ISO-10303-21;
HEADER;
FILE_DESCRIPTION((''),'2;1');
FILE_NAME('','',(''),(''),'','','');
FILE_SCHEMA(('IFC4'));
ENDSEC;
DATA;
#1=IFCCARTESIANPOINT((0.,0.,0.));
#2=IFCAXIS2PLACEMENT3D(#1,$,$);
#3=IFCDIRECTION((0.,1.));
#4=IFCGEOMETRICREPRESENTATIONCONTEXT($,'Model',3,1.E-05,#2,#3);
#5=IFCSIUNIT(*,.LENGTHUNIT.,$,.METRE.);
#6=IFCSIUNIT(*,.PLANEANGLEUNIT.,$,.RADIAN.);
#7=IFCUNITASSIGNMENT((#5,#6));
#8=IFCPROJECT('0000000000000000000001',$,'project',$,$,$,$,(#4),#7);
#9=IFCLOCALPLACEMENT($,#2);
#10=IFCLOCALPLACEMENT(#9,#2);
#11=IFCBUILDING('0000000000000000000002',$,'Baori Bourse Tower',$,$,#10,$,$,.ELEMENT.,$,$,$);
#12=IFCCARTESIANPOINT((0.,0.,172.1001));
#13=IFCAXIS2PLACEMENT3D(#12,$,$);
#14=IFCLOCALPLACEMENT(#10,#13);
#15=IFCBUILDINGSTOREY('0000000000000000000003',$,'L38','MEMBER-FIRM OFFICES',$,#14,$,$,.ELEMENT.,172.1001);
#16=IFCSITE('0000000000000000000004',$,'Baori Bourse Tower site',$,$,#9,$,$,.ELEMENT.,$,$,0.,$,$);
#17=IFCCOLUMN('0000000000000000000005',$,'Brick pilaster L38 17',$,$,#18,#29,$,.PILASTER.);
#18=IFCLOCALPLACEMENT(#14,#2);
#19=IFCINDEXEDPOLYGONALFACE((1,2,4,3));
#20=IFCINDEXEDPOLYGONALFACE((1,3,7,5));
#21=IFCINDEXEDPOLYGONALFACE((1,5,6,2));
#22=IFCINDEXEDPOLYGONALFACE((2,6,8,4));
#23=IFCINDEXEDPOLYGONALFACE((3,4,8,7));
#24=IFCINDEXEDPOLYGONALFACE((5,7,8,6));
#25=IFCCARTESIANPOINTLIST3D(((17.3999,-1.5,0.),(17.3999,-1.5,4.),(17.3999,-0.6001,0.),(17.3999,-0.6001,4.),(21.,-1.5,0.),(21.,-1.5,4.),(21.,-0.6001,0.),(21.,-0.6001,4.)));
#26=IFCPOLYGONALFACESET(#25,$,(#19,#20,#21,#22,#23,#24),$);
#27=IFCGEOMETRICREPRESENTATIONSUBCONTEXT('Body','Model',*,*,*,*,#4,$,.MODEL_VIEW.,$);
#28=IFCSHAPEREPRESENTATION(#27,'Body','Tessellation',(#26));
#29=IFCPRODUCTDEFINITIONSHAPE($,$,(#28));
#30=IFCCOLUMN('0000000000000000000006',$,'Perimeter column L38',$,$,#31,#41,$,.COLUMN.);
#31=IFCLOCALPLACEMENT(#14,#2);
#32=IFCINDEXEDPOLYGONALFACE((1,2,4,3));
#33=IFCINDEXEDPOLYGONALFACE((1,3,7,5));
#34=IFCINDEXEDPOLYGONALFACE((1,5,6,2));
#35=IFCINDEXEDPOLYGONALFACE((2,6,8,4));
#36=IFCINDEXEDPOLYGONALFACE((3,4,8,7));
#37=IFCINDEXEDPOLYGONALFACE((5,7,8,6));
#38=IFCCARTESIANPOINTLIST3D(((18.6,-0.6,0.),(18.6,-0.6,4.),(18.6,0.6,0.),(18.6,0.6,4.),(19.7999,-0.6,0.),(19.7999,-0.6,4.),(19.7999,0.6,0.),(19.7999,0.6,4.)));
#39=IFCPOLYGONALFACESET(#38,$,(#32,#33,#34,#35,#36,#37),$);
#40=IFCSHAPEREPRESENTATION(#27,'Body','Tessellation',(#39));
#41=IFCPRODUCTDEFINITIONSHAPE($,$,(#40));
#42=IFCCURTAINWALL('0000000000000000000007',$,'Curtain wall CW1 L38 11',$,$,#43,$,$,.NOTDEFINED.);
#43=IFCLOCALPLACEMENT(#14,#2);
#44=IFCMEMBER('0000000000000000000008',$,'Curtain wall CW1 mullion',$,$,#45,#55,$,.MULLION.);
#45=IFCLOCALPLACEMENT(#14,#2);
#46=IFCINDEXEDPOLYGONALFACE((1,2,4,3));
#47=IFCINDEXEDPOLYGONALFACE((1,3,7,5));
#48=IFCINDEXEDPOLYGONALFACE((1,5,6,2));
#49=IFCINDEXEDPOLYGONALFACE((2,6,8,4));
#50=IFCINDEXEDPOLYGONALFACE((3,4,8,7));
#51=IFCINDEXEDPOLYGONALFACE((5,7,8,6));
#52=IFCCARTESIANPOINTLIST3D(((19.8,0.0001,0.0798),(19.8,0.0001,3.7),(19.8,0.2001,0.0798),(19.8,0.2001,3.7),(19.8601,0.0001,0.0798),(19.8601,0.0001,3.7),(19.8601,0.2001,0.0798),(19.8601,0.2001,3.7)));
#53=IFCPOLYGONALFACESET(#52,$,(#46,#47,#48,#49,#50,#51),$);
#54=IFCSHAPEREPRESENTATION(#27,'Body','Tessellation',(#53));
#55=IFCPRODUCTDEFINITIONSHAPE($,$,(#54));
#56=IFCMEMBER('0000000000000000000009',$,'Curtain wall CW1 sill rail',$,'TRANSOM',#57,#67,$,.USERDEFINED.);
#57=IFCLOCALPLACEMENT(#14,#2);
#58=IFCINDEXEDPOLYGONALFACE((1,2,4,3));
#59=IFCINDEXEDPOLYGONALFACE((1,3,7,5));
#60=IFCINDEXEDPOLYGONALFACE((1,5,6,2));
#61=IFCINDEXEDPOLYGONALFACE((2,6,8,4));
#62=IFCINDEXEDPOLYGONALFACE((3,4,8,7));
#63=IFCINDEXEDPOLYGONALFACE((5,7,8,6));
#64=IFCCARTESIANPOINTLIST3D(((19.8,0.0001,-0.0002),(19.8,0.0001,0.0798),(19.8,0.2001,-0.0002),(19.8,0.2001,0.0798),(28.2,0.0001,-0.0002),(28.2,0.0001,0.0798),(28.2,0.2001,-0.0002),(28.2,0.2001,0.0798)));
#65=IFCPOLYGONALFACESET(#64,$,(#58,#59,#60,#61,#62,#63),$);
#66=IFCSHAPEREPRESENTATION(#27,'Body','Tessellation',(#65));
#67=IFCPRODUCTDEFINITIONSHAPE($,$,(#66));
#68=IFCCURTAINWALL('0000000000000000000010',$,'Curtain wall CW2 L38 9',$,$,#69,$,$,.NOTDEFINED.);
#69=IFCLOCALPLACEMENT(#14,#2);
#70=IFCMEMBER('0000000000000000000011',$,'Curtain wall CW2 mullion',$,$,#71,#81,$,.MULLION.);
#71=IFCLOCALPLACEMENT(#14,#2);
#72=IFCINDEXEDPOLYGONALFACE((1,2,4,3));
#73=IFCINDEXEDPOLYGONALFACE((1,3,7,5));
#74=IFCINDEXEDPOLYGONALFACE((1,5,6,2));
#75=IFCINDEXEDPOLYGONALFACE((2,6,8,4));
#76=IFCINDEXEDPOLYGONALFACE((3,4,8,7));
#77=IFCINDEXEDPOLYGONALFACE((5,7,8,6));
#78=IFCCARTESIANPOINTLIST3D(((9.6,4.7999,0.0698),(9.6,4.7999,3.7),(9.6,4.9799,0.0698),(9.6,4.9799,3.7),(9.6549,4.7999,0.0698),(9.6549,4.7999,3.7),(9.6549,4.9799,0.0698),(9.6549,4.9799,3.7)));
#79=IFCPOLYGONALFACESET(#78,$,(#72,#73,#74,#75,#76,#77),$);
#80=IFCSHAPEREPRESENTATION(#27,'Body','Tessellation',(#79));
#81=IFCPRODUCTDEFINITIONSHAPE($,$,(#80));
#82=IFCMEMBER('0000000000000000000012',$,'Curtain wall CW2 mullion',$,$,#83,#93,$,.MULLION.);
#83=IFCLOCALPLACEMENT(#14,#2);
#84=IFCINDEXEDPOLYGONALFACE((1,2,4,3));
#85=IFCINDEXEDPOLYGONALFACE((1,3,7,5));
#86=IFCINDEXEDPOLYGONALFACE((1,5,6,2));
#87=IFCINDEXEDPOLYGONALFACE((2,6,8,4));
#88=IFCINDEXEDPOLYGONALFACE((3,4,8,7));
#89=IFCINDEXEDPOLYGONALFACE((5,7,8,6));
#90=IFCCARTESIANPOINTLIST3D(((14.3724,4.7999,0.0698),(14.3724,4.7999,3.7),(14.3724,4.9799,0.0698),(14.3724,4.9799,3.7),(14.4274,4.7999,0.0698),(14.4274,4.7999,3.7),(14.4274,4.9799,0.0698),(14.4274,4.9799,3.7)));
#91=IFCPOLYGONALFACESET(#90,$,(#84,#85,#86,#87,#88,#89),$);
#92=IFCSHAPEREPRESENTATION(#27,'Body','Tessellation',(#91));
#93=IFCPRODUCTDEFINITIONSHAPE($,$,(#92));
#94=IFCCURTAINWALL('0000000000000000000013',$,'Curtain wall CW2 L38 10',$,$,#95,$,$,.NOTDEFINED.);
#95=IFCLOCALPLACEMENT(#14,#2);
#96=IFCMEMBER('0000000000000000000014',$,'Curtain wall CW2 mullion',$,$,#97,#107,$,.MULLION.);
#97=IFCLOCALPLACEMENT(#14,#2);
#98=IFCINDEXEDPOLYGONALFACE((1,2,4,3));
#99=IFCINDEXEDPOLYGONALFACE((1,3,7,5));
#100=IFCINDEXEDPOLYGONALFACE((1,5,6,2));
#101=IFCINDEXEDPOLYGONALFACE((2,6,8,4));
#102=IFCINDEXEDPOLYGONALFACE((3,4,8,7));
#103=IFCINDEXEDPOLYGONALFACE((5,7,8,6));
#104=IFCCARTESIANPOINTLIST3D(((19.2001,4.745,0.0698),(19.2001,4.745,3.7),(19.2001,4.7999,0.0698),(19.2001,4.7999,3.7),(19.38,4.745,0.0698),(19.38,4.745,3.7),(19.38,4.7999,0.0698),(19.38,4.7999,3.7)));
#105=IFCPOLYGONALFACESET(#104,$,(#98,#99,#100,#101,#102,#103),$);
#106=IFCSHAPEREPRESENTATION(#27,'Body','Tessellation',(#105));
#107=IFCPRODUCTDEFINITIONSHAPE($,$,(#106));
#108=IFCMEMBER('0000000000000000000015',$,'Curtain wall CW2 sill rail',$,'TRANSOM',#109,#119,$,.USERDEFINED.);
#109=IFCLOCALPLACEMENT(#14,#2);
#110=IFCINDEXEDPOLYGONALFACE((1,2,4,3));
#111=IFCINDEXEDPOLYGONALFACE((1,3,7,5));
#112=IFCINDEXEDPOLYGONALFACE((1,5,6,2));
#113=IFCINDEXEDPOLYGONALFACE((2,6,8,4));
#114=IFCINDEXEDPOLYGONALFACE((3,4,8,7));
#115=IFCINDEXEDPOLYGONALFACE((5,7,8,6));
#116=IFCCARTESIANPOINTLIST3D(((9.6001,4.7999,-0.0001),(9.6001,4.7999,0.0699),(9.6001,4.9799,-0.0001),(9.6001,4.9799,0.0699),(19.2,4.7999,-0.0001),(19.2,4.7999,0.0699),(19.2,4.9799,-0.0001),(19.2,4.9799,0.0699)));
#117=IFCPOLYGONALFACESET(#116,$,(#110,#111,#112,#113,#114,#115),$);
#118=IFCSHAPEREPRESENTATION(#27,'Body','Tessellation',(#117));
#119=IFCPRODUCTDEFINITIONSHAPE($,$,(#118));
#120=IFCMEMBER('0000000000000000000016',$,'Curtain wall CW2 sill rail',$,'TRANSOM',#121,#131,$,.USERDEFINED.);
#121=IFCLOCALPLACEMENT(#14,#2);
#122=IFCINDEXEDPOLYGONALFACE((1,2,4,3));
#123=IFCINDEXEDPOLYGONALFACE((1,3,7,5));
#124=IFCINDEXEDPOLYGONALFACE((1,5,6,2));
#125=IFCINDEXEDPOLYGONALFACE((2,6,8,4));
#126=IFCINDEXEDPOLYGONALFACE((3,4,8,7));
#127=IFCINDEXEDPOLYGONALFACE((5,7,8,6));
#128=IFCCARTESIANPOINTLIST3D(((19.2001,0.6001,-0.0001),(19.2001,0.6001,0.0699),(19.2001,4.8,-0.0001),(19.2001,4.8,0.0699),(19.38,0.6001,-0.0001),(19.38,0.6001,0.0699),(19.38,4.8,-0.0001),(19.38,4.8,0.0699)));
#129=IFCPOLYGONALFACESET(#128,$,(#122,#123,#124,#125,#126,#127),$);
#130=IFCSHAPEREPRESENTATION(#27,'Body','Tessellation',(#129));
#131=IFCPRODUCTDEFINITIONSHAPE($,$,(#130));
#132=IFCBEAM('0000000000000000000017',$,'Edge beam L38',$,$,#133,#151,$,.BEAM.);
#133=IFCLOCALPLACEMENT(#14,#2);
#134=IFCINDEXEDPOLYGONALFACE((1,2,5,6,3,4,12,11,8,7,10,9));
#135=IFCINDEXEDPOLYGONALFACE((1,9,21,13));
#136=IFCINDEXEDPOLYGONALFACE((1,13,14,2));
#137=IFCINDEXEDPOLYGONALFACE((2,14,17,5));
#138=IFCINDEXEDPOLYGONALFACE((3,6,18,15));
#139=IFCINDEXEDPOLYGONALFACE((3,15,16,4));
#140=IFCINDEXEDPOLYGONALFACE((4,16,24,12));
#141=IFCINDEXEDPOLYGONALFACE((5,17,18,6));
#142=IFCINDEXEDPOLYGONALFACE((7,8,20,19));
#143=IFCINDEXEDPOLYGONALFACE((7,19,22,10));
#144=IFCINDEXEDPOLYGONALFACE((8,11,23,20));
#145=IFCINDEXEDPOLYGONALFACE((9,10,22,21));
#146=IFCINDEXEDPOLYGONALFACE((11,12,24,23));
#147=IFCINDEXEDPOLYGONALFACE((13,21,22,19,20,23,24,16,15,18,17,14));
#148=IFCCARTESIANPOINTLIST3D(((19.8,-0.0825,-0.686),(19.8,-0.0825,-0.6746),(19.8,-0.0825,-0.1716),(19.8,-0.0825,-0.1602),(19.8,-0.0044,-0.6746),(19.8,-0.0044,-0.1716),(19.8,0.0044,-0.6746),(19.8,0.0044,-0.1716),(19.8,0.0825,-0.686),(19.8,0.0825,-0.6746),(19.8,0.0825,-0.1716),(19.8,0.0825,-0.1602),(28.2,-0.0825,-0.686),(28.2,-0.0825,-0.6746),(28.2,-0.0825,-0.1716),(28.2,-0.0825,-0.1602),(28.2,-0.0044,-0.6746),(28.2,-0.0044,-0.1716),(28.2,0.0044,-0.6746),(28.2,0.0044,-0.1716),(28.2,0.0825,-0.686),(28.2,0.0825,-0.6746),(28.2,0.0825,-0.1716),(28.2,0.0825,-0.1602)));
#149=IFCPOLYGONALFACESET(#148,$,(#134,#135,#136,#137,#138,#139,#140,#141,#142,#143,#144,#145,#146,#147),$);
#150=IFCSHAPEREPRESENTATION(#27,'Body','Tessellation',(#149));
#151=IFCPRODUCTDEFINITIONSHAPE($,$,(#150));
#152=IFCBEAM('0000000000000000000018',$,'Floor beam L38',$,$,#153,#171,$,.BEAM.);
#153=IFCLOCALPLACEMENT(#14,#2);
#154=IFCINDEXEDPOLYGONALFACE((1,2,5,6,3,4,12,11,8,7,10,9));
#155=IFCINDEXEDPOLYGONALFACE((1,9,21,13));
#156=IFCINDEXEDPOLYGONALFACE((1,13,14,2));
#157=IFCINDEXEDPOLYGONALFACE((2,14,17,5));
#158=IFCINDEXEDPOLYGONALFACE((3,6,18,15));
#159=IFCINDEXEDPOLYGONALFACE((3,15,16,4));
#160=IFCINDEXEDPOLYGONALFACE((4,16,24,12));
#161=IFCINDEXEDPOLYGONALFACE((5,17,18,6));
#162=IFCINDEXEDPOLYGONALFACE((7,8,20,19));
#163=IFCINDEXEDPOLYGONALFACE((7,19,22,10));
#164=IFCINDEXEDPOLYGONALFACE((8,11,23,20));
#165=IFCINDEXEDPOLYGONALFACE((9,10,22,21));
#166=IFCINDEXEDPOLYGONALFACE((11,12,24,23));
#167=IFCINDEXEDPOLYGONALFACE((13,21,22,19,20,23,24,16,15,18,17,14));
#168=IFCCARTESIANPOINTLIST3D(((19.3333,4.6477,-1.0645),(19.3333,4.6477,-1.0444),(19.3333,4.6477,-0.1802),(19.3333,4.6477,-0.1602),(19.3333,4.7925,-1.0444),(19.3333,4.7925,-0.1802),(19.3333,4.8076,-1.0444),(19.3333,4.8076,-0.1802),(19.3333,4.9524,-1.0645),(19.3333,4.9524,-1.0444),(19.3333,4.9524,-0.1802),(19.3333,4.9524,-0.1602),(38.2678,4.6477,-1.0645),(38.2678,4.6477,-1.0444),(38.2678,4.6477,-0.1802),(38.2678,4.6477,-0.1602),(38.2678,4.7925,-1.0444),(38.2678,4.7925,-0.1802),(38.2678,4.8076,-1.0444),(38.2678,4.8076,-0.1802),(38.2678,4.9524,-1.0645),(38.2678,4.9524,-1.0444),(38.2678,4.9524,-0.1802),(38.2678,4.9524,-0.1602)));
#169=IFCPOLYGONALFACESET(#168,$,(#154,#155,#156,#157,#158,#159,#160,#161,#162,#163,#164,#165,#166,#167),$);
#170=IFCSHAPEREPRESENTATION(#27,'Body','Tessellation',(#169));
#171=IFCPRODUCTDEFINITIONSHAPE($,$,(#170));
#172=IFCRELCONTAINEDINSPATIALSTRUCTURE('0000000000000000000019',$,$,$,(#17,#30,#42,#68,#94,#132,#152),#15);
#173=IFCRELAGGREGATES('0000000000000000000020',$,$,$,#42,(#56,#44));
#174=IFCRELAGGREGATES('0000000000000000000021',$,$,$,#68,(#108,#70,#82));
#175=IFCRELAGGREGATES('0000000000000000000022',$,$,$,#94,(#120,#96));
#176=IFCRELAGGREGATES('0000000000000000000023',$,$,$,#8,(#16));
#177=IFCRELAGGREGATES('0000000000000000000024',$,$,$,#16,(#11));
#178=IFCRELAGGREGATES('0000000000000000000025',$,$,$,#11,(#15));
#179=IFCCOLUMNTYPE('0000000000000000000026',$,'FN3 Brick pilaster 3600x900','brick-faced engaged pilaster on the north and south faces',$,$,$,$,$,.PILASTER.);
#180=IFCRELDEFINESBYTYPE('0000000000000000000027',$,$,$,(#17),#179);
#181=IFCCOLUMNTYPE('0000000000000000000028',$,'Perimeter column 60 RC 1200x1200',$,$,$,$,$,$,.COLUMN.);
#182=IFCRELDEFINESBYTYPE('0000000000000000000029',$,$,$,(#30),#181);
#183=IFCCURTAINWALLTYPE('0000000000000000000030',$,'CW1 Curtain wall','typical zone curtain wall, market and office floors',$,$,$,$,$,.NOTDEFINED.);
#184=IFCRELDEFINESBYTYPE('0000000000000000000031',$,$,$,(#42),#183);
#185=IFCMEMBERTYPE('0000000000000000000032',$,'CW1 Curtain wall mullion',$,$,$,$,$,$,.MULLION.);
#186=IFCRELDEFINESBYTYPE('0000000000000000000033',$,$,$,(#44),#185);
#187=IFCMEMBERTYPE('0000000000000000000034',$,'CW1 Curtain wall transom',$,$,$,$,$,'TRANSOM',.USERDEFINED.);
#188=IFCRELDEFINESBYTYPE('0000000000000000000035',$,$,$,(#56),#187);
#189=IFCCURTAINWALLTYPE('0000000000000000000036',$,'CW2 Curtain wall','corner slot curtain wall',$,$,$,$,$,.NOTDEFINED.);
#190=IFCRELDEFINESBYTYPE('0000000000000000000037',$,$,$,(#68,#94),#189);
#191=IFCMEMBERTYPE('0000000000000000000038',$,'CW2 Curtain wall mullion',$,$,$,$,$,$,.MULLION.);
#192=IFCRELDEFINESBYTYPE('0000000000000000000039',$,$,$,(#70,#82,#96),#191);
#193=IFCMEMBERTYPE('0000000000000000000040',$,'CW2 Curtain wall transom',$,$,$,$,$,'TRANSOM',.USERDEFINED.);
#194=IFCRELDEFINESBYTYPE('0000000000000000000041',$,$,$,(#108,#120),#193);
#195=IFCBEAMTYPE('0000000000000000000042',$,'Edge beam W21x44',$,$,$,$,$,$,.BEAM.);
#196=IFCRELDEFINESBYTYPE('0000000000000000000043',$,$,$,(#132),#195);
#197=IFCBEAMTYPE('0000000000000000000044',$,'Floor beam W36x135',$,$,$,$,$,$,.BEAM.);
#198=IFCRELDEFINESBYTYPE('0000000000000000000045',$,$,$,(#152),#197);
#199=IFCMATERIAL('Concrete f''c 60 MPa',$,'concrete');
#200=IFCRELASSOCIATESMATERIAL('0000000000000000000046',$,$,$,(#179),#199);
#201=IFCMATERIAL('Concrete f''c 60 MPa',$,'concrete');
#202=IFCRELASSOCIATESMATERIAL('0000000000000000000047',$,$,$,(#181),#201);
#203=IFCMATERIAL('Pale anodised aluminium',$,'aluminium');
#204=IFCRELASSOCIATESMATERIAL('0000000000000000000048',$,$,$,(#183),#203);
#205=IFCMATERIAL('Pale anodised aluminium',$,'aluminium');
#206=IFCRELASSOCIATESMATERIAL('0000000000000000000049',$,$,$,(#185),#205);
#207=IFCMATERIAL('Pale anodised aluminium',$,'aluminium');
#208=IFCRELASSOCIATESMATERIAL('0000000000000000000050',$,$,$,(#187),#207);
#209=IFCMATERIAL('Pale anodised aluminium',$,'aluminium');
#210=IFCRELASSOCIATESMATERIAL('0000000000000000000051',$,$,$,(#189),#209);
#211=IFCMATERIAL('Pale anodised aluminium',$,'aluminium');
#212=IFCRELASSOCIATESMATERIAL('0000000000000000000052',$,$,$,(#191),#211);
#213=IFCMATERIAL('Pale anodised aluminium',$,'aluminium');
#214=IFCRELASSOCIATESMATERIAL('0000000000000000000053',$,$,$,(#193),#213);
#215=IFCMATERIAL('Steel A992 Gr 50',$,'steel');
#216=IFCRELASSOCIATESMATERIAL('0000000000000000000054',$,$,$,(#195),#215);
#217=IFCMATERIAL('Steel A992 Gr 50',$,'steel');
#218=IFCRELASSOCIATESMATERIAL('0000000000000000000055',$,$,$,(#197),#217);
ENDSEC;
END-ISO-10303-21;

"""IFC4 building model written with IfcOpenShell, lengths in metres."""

from ifc_helpers import new_model, si_unit, direction, frame, origin, origin_2d, place, context, subcontext, project, spatial, rectangle, i_section, extrude, material, material_profile, profile_set, type_object, element, aggregate, save


model = new_model("IFC4")

# Units and contexts
model_context = context("Model", 3, precision=1e-05, world=origin(), true_north=direction((0.0, 1.0)))
body_context = subcontext(model_context, "Body", "Model", "MODEL_VIEW")
ifc_project = project(units=[si_unit("LENGTHUNIT", "METRE"), si_unit("PLANEANGLEUNIT", "RADIAN")], contexts=[model_context])

# Site, building, storey
site_placement = place(None, origin())
site = spatial("IfcSite", under=ifc_project, at=site_placement, Name="Baori Bourse Tower site", CompositionType="ELEMENT", RefElevation=0.0)
building_placement = place(site_placement, origin())
building = spatial("IfcBuilding", under=site, at=building_placement, Name="Baori Bourse Tower", CompositionType="ELEMENT")
storey_placement = place(building_placement, frame((0.0, 0.0, 172.1001)))
storey = spatial("IfcBuildingStorey", under=building, at=storey_placement, Name="L38", Description="MEMBER-FIRM OFFICES", CompositionType="ELEMENT", Elevation=172.1001)

# Columns
ifc_material_1 = material(Name="Concrete f'c 60 MPa", Category="concrete")
ifc_material_profile_1 = material_profile(ifc_material_1, rectangle(XDim=3.6001, YDim=0.8999, at=origin_2d()), Name="RC 3600x900")
ifc_profile_set_1 = profile_set([ifc_material_profile_1], Name="Concrete f'c 60 MPa")
column_type_1 = type_object("IfcColumnType", Name="FN3 Brick pilaster 3600x900", Description="brick-faced engaged pilaster on the north and south faces", PredefinedType="PILASTER", material=ifc_profile_set_1)
column_1_placement = place(storey_placement, frame((19.2, -1.05, 0.0), z_axis=(0.0, 0.0, 1.0), x_axis=(1.0, 0.0, 0.0)))
element("IfcColumn", 1, at=column_1_placement, inside=storey, type_object=column_type_1, Name="Brick pilaster L38 17", PredefinedType="PILASTER", context=body_context, shape_type="SweptSolid", body=[
    extrude(rectangle(XDim=3.6001, YDim=0.8999, at=origin_2d()), origin(), (0.0, 0.0, 1.0), 4.0),
])
ifc_material_2 = material(Name="Concrete f'c 60 MPa", Category="concrete")
ifc_material_profile_2 = material_profile(ifc_material_2, rectangle(XDim=1.2, YDim=1.2, at=origin_2d()), Name="RC 1200x1200")
ifc_profile_set_2 = profile_set([ifc_material_profile_2], Name="Concrete f'c 60 MPa")
column_type_2 = type_object("IfcColumnType", Name="Perimeter column 60 RC 1200x1200", PredefinedType="COLUMN", material=ifc_profile_set_2)
column_2_placement = place(storey_placement, frame((19.2, 0.0, 0.0), z_axis=(0.0, 0.0, 1.0), x_axis=(1.0, 0.0, 0.0)))
element("IfcColumn", 2, at=column_2_placement, inside=storey, type_object=column_type_2, Name="Perimeter column L38", PredefinedType="COLUMN", context=body_context, shape_type="SweptSolid", body=[
    extrude(rectangle(XDim=1.2, YDim=1.2, at=origin_2d()), origin(), (0.0, 0.0, 1.0), 4.0),
])

# Curtain walls, members
ifc_material_3 = material(Name="Pale anodised aluminium", Category="aluminium")
curtain_wall_type_1 = type_object("IfcCurtainWallType", Name="CW1 Curtain wall", Description="typical zone curtain wall, market and office floors", PredefinedType="NOTDEFINED", material=ifc_material_3)
curtain_wall_1_placement = place(storey_placement, origin())
curtain_wall_1 = element("IfcCurtainWall", 3, at=curtain_wall_1_placement, inside=storey, type_object=curtain_wall_type_1, Name="Curtain wall CW1 L38 11", PredefinedType="NOTDEFINED")
ifc_material_4 = material(Name="Pale anodised aluminium", Category="aluminium")
ifc_material_profile_3 = material_profile(ifc_material_4, rectangle(XDim=0.2, YDim=0.0601, at=origin_2d()), Name="Mullion 60x200")
ifc_profile_set_3 = profile_set([ifc_material_profile_3], Name="Pale anodised aluminium")
member_type_1 = type_object("IfcMemberType", Name="CW1 Curtain wall mullion", PredefinedType="MULLION", material=ifc_profile_set_3)
member_1_placement = place(storey_placement, frame((19.8301, 0.1001, 0.0798), z_axis=(0.0, 0.0, 1.0), x_axis=(0.0, 1.0, 0.0)))
member_1 = element("IfcMember", 4, at=member_1_placement, type_object=member_type_1, Name="Curtain wall CW1 mullion", PredefinedType="MULLION", context=body_context, shape_type="SweptSolid", body=[
    extrude(rectangle(XDim=0.2, YDim=0.0601, at=origin_2d()), origin(), (0.0, 0.0, 1.0), 3.6201),
])
ifc_material_5 = material(Name="Pale anodised aluminium", Category="aluminium")
ifc_material_profile_4 = material_profile(ifc_material_5, rectangle(XDim=0.2, YDim=0.0801, at=origin_2d()), Name="Transom 80x200")
ifc_profile_set_4 = profile_set([ifc_material_profile_4], Name="Pale anodised aluminium")
member_type_2 = type_object("IfcMemberType", Name="CW1 Curtain wall transom", ElementType="TRANSOM", PredefinedType="USERDEFINED", material=ifc_profile_set_4)
member_2_placement = place(storey_placement, frame((19.8, 0.1001, 0.0398), z_axis=(1.0, 0.0, 0.0), x_axis=(0.0, 1.0, 0.0)))
member_2 = element("IfcMember", 5, at=member_2_placement, type_object=member_type_2, Name="Curtain wall CW1 sill rail", ObjectType="TRANSOM", PredefinedType="USERDEFINED", context=body_context, shape_type="SweptSolid", body=[
    extrude(rectangle(XDim=0.2, YDim=0.0801, at=origin_2d()), origin(), (0.0, 0.0, 1.0), 8.3999),
])
aggregate(curtain_wall_1, [member_2, member_1])
ifc_material_6 = material(Name="Pale anodised aluminium", Category="aluminium")
curtain_wall_type_2 = type_object("IfcCurtainWallType", Name="CW2 Curtain wall", Description="corner slot curtain wall", PredefinedType="NOTDEFINED", material=ifc_material_6)
curtain_wall_2_placement = place(storey_placement, origin())
curtain_wall_2 = element("IfcCurtainWall", 6, at=curtain_wall_2_placement, inside=storey, type_object=curtain_wall_type_2, Name="Curtain wall CW2 L38 9", PredefinedType="NOTDEFINED")
ifc_material_7 = material(Name="Pale anodised aluminium", Category="aluminium")
ifc_material_profile_5 = material_profile(ifc_material_7, rectangle(XDim=0.1799, YDim=0.0549, at=origin_2d()), Name="Mullion 55x180")
ifc_profile_set_5 = profile_set([ifc_material_profile_5], Name="Pale anodised aluminium")
member_type_3 = type_object("IfcMemberType", Name="CW2 Curtain wall mullion", PredefinedType="MULLION", material=ifc_profile_set_5)
member_3_placement = place(storey_placement, frame((9.6274, 4.8899, 0.0698), z_axis=(0.0, 0.0, 1.0), x_axis=(0.0, 1.0, 0.0)))
member_3 = element("IfcMember", 7, at=member_3_placement, type_object=member_type_3, Name="Curtain wall CW2 mullion", PredefinedType="MULLION", context=body_context, shape_type="SweptSolid", body=[
    extrude(rectangle(XDim=0.1799, YDim=0.0549, at=origin_2d()), origin(), (0.0, 0.0, 1.0), 3.6301),
])
member_4_placement = place(storey_placement, frame((14.3999, 4.8899, 0.0698), z_axis=(0.0, 0.0, 1.0), x_axis=(0.0, 1.0, 0.0)))
member_4 = element("IfcMember", 8, at=member_4_placement, type_object=member_type_3, Name="Curtain wall CW2 mullion", PredefinedType="MULLION", context=body_context, shape_type="SweptSolid", body=[
    extrude(rectangle(XDim=0.1799, YDim=0.0549, at=origin_2d()), origin(), (0.0, 0.0, 1.0), 3.6301),
])

# Curtain wall, member
curtain_wall_3_placement = place(storey_placement, origin())
curtain_wall_3 = element("IfcCurtainWall", 9, at=curtain_wall_3_placement, inside=storey, type_object=curtain_wall_type_2, Name="Curtain wall CW2 L38 10", PredefinedType="NOTDEFINED")
member_5_placement = place(storey_placement, frame((19.29, 4.7725, 0.0698), z_axis=(0.0, 0.0, 1.0), x_axis=(1.0, 0.0, 0.0)))
member_5 = element("IfcMember", 10, at=member_5_placement, type_object=member_type_3, Name="Curtain wall CW2 mullion", PredefinedType="MULLION", context=body_context, shape_type="SweptSolid", body=[
    extrude(rectangle(XDim=0.1799, YDim=0.0549, at=origin_2d()), origin(), (0.0, 0.0, 1.0), 3.6301),
])

# Members
ifc_material_8 = material(Name="Pale anodised aluminium", Category="aluminium")
ifc_material_profile_6 = material_profile(ifc_material_8, rectangle(XDim=0.1799, YDim=0.0701, at=origin_2d()), Name="Transom 70x180")
ifc_profile_set_6 = profile_set([ifc_material_profile_6], Name="Pale anodised aluminium")
member_type_4 = type_object("IfcMemberType", Name="CW2 Curtain wall transom", ElementType="TRANSOM", PredefinedType="USERDEFINED", material=ifc_profile_set_6)
member_6_placement = place(storey_placement, frame((9.6001, 4.8899, 0.0349), z_axis=(1.0, 0.0, 0.0), x_axis=(0.0, 1.0, 0.0)))
member_6 = element("IfcMember", 11, at=member_6_placement, type_object=member_type_4, Name="Curtain wall CW2 sill rail", ObjectType="TRANSOM", PredefinedType="USERDEFINED", context=body_context, shape_type="SweptSolid", body=[
    extrude(rectangle(XDim=0.1799, YDim=0.0701, at=origin_2d()), origin(), (0.0, 0.0, 1.0), 9.5999),
])
member_7_placement = place(storey_placement, frame((19.29, 4.8, 0.0349), z_axis=(0.0, -1.0, 0.0), x_axis=(1.0, 0.0, 0.0)))
member_7 = element("IfcMember", 12, at=member_7_placement, type_object=member_type_4, Name="Curtain wall CW2 sill rail", ObjectType="TRANSOM", PredefinedType="USERDEFINED", context=body_context, shape_type="SweptSolid", body=[
    extrude(rectangle(XDim=0.1799, YDim=0.0701, at=origin_2d()), origin(), (0.0, 0.0, 1.0), 4.2),
])

# Beams
ifc_material_9 = material(Name="Steel A992 Gr 50", Category="steel")
ifc_material_profile_7 = material_profile(ifc_material_9, i_section(OverallWidth=0.165, OverallDepth=0.5259, WebThickness=0.0088, FlangeThickness=0.0115, at=origin_2d()), Name="W21x44")
ifc_profile_set_7 = profile_set([ifc_material_profile_7], Name="Steel A992 Gr 50")
beam_type_1 = type_object("IfcBeamType", Name="Edge beam W21x44", PredefinedType="BEAM", material=ifc_profile_set_7)
beam_1_placement = place(storey_placement, frame((19.8, 0.0, -0.4231), z_axis=(1.0, 0.0, 0.0), x_axis=(0.0, 1.0, 0.0)))
element("IfcBeam", 13, at=beam_1_placement, inside=storey, type_object=beam_type_1, Name="Edge beam L38", PredefinedType="BEAM", context=body_context, shape_type="SweptSolid", body=[
    extrude(i_section(OverallWidth=0.165, OverallDepth=0.5259, WebThickness=0.0088, FlangeThickness=0.0115, at=origin_2d()), origin(), (0.0, 0.0, 1.0), 8.3999),
])
ifc_material_10 = material(Name="Steel A992 Gr 50", Category="steel")
ifc_material_profile_8 = material_profile(ifc_material_10, i_section(OverallWidth=0.3047, OverallDepth=0.9043, WebThickness=0.0151, FlangeThickness=0.02, at=origin_2d()), Name="W36x135")
ifc_profile_set_8 = profile_set([ifc_material_profile_8], Name="Steel A992 Gr 50")
beam_type_2 = type_object("IfcBeamType", Name="Floor beam W36x135", PredefinedType="BEAM", material=ifc_profile_set_8)
beam_2_placement = place(storey_placement, frame((19.3333, 4.8, -0.6123), z_axis=(1.0, 0.0, 0.0), x_axis=(0.0, 1.0, 0.0)))
element("IfcBeam", 14, at=beam_2_placement, inside=storey, type_object=beam_type_2, Name="Floor beam L38", PredefinedType="BEAM", context=body_context, shape_type="SweptSolid", body=[
    extrude(i_section(OverallWidth=0.3047, OverallDepth=0.9043, WebThickness=0.0151, FlangeThickness=0.02, at=origin_2d()), origin(), (0.0, 0.0, 1.0), 18.9346),
])

aggregate(curtain_wall_2, [member_6, member_3, member_4])
aggregate(curtain_wall_3, [member_7, member_5])

save(model, "model.ifc")
